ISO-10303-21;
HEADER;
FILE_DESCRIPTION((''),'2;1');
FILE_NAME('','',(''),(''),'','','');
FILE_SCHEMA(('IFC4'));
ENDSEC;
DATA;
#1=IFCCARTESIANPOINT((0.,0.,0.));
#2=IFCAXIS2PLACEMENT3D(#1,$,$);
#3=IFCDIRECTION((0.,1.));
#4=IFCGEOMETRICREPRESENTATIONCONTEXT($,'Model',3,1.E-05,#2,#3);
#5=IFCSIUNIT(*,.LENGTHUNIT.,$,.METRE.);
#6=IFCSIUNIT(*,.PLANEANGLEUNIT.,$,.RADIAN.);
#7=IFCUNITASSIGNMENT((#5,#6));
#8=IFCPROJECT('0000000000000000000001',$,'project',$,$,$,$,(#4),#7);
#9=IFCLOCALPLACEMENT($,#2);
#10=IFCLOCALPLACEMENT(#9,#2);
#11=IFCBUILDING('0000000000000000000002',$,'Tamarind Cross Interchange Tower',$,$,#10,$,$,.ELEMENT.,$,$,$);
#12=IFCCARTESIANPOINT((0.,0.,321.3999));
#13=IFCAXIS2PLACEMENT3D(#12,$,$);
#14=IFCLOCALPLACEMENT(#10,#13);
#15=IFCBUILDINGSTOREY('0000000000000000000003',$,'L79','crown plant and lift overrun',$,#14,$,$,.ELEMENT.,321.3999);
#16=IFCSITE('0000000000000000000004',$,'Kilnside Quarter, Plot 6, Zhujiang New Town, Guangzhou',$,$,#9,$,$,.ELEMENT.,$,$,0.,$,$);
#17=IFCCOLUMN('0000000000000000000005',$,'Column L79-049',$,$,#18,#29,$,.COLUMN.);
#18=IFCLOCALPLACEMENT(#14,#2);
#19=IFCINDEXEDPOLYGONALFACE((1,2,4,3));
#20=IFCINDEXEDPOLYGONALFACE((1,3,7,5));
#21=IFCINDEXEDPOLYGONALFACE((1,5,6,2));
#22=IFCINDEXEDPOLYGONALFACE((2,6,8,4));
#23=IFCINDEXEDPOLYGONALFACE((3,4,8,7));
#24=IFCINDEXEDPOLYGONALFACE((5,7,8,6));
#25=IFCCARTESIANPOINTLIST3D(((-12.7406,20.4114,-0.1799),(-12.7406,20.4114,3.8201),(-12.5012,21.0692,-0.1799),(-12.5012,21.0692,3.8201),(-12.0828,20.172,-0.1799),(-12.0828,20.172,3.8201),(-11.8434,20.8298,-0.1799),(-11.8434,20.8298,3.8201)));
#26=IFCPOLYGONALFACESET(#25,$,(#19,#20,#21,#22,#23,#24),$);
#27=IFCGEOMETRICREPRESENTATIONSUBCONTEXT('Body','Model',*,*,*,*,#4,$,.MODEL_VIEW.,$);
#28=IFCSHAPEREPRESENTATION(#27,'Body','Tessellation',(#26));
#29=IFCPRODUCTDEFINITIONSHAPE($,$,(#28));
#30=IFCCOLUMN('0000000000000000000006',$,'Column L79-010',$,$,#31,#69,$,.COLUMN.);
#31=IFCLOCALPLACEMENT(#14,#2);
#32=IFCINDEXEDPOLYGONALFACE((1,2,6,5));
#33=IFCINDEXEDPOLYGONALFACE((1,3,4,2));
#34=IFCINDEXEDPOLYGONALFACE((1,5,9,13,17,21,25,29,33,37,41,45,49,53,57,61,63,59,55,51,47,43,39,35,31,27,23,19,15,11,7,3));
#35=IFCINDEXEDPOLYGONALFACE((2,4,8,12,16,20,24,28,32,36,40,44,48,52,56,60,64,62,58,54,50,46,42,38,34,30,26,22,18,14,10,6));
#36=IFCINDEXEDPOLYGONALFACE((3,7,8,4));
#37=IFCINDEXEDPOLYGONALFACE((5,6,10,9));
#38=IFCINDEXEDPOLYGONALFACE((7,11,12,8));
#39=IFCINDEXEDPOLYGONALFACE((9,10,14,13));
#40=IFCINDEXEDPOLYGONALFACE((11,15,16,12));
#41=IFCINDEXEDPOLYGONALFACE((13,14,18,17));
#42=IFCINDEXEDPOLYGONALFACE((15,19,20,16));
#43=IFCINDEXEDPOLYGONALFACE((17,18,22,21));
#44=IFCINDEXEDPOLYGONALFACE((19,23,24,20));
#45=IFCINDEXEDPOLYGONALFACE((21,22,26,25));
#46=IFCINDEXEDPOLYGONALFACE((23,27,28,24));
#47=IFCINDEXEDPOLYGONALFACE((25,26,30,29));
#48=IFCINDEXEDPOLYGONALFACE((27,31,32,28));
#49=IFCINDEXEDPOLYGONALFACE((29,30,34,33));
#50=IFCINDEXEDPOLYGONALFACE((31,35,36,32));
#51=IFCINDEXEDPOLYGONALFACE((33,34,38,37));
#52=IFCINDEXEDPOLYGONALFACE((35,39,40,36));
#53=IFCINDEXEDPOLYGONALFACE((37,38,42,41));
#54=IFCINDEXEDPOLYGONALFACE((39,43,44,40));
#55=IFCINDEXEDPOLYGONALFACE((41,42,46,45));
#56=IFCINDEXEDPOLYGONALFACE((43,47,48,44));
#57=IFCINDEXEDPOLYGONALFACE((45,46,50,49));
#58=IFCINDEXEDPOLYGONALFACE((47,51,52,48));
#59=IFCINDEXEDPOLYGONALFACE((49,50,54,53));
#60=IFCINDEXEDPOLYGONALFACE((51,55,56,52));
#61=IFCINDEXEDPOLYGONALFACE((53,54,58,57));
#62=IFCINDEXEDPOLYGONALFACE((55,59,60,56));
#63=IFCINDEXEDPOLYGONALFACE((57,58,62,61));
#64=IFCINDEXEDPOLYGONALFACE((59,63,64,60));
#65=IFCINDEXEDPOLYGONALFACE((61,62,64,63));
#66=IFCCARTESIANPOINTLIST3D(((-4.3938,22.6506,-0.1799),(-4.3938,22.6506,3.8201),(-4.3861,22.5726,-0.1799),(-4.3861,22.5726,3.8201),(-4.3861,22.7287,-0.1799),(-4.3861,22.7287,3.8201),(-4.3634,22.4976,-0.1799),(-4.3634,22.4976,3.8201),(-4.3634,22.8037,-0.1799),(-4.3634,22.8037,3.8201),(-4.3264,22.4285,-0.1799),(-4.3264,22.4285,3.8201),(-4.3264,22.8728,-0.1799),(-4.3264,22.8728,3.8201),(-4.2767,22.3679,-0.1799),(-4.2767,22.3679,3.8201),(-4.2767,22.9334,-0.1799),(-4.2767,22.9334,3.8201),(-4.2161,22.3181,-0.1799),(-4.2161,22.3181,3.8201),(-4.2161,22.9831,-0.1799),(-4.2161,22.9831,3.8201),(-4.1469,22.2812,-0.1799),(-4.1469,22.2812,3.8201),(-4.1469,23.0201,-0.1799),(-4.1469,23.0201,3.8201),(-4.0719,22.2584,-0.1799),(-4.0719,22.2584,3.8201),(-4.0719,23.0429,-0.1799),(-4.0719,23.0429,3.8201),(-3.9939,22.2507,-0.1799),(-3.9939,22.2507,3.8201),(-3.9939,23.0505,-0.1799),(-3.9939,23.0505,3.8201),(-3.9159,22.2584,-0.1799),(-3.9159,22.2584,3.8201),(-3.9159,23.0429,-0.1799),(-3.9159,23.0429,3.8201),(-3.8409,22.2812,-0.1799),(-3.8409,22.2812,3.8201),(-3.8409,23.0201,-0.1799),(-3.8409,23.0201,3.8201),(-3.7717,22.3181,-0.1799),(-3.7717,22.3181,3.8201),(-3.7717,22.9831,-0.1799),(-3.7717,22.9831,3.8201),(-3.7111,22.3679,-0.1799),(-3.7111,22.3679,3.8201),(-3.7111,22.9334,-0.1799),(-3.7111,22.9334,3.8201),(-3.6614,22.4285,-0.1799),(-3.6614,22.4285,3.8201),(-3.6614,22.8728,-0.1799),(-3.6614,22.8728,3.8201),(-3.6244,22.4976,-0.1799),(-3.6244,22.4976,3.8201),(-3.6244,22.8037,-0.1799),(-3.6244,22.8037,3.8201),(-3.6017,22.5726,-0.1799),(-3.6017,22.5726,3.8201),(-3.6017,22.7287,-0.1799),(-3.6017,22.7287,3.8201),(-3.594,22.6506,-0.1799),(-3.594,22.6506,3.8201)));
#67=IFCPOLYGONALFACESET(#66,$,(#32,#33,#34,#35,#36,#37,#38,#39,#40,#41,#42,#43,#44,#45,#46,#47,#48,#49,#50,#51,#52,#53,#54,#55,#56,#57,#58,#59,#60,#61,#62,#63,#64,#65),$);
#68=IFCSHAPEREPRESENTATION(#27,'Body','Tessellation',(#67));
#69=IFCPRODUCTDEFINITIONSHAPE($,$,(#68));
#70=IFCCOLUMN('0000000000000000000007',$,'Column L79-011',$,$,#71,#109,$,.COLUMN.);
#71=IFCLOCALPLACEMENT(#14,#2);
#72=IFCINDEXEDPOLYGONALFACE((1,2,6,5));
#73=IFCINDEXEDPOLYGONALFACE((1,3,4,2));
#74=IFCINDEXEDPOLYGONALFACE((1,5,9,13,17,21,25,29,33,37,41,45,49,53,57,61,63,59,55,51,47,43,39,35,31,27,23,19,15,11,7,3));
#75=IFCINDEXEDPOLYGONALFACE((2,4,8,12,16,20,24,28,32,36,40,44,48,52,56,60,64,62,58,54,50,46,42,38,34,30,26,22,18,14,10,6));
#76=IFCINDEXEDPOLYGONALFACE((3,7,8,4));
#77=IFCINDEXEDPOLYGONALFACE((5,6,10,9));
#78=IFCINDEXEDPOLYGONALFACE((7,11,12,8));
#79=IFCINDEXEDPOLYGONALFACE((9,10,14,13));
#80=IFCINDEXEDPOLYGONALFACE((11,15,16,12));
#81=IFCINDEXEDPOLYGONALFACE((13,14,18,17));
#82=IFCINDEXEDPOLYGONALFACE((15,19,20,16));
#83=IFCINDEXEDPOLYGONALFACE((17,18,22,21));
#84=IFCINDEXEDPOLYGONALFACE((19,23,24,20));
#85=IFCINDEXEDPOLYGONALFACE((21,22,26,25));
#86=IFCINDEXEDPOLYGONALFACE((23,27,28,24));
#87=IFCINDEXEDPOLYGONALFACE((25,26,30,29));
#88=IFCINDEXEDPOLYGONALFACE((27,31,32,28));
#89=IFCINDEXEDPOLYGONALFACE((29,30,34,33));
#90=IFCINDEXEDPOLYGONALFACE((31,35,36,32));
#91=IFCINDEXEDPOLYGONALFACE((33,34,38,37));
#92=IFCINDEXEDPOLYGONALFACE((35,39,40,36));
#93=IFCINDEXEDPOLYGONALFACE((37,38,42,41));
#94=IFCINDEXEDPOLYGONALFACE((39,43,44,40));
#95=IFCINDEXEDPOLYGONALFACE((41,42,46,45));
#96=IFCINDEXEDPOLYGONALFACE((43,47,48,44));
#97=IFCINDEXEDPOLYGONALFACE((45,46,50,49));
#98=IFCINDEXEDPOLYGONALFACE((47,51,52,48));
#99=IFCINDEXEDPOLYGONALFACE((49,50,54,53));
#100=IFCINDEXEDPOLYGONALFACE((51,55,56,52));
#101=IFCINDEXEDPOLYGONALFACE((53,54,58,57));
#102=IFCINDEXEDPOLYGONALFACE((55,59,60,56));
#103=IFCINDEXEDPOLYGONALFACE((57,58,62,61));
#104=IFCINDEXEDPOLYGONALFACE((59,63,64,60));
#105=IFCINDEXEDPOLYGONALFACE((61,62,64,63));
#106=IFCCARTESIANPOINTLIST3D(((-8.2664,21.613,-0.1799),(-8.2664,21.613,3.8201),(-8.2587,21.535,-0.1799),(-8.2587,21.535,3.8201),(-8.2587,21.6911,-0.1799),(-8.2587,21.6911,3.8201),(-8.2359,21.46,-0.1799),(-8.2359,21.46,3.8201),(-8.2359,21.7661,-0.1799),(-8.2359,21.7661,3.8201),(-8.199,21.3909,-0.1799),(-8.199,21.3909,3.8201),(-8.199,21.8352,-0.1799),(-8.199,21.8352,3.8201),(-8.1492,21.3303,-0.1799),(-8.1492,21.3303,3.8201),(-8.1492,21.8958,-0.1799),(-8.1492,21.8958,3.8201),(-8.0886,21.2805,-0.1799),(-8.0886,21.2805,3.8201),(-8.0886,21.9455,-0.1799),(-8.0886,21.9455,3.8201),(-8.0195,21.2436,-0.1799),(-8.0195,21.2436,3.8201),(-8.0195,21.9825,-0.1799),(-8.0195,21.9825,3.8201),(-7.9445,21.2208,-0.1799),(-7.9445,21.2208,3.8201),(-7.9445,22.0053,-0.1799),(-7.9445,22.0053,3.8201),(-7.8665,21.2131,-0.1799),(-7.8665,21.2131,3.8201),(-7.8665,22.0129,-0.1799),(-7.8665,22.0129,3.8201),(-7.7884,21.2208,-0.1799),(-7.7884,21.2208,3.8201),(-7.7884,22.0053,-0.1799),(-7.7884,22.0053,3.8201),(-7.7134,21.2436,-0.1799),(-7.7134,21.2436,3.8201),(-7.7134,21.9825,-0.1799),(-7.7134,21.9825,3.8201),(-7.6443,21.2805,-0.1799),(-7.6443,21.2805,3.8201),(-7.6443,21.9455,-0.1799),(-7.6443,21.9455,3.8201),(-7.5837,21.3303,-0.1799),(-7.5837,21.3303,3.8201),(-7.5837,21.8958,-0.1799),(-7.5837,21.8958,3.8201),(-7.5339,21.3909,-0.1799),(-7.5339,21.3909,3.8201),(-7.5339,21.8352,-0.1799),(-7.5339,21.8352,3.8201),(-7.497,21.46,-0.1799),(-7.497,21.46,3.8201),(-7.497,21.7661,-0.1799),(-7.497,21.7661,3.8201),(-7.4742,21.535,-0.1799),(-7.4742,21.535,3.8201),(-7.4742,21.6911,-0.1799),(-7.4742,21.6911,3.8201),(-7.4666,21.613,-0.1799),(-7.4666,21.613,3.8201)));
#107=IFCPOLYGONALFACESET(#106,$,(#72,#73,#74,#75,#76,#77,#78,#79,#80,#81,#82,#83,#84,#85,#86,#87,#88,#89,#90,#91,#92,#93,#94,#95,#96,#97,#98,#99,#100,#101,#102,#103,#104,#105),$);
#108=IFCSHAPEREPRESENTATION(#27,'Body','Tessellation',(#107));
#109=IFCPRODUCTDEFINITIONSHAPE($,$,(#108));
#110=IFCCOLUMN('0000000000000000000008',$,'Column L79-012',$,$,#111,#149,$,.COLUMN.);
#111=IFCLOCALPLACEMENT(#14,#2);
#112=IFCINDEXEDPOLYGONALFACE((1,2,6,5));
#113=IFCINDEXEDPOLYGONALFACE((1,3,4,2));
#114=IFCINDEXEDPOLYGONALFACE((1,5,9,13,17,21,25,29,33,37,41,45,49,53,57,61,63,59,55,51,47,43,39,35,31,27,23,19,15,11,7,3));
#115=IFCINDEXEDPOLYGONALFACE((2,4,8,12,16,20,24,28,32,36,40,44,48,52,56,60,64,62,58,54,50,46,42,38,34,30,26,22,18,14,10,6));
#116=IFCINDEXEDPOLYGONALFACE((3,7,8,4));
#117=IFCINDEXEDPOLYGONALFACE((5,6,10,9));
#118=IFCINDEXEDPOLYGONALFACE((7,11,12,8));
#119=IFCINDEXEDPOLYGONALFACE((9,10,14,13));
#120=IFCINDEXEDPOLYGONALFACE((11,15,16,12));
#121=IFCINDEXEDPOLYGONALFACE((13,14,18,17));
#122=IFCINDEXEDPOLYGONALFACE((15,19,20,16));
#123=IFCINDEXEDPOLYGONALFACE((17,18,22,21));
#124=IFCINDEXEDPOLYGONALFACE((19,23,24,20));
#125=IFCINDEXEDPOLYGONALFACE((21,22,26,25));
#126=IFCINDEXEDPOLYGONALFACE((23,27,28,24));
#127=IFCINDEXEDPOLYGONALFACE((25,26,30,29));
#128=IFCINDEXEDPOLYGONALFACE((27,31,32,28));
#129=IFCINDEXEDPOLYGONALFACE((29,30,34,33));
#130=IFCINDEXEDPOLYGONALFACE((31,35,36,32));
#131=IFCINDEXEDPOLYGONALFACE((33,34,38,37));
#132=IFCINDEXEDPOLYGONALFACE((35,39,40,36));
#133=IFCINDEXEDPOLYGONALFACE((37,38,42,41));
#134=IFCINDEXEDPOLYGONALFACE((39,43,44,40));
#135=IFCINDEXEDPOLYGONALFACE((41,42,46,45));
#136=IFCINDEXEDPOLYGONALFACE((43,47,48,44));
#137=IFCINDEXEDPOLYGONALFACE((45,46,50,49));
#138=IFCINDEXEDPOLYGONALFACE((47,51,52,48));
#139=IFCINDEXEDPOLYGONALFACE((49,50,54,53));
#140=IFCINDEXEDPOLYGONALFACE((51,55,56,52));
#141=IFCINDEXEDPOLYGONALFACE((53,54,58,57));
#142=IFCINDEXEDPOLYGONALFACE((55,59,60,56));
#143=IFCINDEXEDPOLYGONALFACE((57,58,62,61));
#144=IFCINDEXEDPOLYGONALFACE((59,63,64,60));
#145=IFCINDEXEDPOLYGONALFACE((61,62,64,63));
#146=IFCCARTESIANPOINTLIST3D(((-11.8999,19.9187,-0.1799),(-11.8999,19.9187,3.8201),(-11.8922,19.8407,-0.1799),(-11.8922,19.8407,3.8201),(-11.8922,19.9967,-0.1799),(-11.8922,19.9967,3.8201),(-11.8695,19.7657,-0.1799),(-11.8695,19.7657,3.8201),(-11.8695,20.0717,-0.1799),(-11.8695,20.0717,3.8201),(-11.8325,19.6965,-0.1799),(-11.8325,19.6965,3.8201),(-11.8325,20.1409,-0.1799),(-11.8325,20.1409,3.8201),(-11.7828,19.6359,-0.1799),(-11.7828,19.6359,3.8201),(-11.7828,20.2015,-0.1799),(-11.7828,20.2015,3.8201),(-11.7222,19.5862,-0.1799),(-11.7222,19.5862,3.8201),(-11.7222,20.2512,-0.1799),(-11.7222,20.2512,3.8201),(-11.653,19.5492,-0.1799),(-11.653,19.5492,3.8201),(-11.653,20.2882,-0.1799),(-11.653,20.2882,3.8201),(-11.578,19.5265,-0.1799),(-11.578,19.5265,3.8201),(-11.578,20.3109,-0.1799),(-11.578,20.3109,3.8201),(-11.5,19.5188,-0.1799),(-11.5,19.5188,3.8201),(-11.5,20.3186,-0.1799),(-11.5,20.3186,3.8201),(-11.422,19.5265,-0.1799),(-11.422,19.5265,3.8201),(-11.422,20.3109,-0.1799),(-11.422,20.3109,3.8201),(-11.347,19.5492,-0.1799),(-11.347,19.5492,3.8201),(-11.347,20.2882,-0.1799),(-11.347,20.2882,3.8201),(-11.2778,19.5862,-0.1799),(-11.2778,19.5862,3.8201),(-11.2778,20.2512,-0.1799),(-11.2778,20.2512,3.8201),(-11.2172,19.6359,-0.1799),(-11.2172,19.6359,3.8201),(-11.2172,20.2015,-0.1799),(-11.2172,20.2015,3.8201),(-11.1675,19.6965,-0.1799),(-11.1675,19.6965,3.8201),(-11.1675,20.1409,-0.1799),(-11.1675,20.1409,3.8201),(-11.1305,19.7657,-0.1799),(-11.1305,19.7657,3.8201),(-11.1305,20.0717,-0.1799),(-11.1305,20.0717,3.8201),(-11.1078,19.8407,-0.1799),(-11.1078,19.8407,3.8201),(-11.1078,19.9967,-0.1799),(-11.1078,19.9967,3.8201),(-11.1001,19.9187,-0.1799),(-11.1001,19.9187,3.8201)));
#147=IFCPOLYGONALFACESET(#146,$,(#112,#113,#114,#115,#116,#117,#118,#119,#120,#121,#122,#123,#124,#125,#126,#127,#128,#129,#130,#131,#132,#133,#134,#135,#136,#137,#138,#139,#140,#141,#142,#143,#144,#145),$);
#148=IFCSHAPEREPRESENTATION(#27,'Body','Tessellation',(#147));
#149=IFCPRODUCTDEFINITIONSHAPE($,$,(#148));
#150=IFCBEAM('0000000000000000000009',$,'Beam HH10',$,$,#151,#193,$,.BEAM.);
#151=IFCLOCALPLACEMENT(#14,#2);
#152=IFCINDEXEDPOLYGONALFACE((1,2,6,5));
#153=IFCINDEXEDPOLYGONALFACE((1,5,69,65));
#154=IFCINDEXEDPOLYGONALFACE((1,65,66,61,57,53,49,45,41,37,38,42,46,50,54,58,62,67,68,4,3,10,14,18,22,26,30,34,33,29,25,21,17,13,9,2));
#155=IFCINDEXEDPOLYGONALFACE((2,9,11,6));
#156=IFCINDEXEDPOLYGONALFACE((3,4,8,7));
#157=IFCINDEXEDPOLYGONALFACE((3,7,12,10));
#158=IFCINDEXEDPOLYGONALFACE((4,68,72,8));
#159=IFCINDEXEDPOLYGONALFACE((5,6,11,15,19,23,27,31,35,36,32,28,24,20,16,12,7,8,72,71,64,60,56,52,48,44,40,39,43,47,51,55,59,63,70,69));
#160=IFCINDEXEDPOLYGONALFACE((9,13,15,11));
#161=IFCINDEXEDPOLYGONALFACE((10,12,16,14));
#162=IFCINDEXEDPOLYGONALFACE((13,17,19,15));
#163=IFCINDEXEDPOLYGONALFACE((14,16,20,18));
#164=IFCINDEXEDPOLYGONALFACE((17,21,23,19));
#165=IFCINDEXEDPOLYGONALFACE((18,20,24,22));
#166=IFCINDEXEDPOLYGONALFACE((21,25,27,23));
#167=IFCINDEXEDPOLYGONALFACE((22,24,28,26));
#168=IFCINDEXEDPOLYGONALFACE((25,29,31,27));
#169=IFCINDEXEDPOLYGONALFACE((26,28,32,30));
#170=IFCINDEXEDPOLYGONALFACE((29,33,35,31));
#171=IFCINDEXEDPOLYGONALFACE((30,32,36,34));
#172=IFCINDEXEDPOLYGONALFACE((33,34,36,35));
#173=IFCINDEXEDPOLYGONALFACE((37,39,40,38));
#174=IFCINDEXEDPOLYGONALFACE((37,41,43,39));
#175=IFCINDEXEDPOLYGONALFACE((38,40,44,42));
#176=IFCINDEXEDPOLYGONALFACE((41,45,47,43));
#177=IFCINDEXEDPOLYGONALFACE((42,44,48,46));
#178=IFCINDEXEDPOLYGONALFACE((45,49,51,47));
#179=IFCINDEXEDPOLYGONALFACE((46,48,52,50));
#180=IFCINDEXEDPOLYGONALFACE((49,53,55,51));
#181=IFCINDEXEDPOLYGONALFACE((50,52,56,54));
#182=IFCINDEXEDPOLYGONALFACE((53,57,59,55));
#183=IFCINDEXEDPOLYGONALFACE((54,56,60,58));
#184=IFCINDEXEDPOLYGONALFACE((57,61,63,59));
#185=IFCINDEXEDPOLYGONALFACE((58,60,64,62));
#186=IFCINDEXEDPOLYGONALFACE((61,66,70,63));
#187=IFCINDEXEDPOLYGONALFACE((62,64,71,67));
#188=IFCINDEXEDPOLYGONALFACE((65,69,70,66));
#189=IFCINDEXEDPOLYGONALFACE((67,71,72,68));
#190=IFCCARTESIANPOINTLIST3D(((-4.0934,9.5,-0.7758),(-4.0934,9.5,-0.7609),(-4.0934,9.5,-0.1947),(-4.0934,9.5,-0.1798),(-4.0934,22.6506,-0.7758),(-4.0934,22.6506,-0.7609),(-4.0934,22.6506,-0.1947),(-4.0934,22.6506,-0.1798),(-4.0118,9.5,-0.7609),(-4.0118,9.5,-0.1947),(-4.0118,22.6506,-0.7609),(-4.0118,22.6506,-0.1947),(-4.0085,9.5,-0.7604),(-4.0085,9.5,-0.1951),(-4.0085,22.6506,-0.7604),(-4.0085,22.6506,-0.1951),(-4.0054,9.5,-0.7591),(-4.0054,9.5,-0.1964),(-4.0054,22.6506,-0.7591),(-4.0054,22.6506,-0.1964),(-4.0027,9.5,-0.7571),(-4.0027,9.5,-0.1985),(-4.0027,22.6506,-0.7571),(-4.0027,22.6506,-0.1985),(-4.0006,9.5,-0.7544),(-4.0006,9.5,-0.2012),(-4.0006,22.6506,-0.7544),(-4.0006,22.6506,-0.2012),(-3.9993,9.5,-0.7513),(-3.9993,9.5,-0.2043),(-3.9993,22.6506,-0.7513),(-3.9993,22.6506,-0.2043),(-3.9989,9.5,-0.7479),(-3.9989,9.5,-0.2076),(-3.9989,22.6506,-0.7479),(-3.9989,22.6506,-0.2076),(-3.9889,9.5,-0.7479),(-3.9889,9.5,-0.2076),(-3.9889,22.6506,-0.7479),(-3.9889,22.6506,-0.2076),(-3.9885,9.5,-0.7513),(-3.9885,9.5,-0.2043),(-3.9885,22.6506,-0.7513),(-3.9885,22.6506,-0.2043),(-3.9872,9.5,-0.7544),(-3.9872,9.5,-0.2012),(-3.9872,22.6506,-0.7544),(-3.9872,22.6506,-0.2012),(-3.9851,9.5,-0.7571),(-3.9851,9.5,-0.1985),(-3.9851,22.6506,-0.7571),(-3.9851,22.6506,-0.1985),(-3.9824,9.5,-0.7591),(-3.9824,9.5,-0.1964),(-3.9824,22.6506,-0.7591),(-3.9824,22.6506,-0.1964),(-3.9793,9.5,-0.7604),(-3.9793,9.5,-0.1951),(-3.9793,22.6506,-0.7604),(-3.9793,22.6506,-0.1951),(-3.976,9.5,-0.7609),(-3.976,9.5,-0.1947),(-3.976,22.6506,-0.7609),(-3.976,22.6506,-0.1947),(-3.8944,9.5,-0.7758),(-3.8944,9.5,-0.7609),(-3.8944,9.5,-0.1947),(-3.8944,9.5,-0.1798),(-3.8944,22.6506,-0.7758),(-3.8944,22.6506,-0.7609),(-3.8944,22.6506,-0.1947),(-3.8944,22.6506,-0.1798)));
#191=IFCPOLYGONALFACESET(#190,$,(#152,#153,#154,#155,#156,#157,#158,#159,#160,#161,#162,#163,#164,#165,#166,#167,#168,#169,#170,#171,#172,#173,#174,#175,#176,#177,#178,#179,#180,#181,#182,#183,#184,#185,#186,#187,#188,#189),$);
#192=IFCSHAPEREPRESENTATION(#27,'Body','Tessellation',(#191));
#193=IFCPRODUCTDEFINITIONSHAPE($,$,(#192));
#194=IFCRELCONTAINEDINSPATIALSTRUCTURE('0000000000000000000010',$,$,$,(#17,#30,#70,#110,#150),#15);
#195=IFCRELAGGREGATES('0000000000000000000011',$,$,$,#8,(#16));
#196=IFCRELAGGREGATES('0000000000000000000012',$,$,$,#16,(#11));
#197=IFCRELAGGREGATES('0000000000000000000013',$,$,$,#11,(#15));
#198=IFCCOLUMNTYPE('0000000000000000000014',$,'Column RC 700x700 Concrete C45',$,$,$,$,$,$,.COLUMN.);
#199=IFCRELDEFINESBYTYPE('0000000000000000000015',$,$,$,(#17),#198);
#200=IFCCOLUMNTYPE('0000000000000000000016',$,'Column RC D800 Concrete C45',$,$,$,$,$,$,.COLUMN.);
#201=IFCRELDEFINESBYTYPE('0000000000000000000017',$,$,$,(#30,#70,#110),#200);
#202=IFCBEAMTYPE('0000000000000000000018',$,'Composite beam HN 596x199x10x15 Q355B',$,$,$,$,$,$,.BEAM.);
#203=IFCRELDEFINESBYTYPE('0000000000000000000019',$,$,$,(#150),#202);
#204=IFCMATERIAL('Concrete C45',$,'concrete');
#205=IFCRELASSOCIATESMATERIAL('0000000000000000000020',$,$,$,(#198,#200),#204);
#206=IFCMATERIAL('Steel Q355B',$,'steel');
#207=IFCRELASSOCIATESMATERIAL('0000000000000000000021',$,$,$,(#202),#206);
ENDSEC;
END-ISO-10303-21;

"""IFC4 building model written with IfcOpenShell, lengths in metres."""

from ifc_helpers import new_model, si_unit, direction, frame, origin, origin_2d, place, context, subcontext, project, spatial, rectangle, circle, i_section, extrude, material, material_profile, profile_set, type_object, element, save


model = new_model("IFC4")

# Units and contexts
model_context = context("Model", 3, precision=1e-05, world=origin(), true_north=direction((0.0, 1.0)))
body_context = subcontext(model_context, "Body", "Model", "MODEL_VIEW")
ifc_project = project(units=[si_unit("LENGTHUNIT", "METRE"), si_unit("PLANEANGLEUNIT", "RADIAN")], contexts=[model_context])

# Site, building, storey
site_placement = place(None, origin())
site = spatial("IfcSite", under=ifc_project, at=site_placement, Name="Kilnside Quarter, Plot 6, Zhujiang New Town, Guangzhou", CompositionType="ELEMENT", RefElevation=0.0)
building_placement = place(site_placement, origin())
building = spatial("IfcBuilding", under=site, at=building_placement, Name="Tamarind Cross Interchange Tower", CompositionType="ELEMENT")
storey_placement = place(building_placement, frame((0.0, 0.0, 321.3999)))
storey = spatial("IfcBuildingStorey", under=building, at=storey_placement, Name="L79", Description="crown plant and lift overrun", CompositionType="ELEMENT", Elevation=321.3999)

# Columns
ifc_material_1 = material(Name="Concrete C45", Category="concrete")
ifc_material_profile_1 = material_profile(ifc_material_1, rectangle(XDim=0.7, YDim=0.7, at=origin_2d()), Name="RC 700x700")
ifc_profile_set_1 = profile_set([ifc_material_profile_1], Name="Concrete C45")
column_type_1 = type_object("IfcColumnType", Name="Column RC 700x700 Concrete C45", PredefinedType="COLUMN", material=ifc_profile_set_1)
column_placement = place(storey_placement, frame((-12.292, 20.6206, -0.1799), z_axis=(0.0, 0.0, 1.0), x_axis=(0.341994, 0.939702, 0.0)))
element("IfcColumn", 1, at=column_placement, inside=storey, type_object=column_type_1, Name="Column L79-049", PredefinedType="COLUMN", context=body_context, shape_type="SweptSolid", body=[
    extrude(rectangle(XDim=0.7, YDim=0.7, at=origin_2d()), origin(), (0.0, 0.0, 1.0), 4.0),
])
ifc_material_profile_2 = material_profile(ifc_material_1, circle(Radius=0.3999, at=origin_2d()), Name="RC D800")
ifc_profile_set_2 = profile_set([ifc_material_profile_2], Name="Concrete C45")
column_type_2 = type_object("IfcColumnType", Name="Column RC D800 Concrete C45", PredefinedType="COLUMN", material=ifc_profile_set_2)
for number, where, z_axis, x_axis, name in (
    (2, (-3.9939, 22.6506, -0.1799), (0.0, 0.0, 1.0), (1.0, 0.0, 0.0), "Column L79-010"),
    (3, (-7.8665, 21.613, -0.1799), (0.0, 0.0, 1.0), (1.0, 0.0, 0.0), "Column L79-011"),
    (4, (-11.5, 19.9187, -0.1799), (0.0, 0.0, 1.0), (1.0, 0.0, 0.0), "Column L79-012"),
):
    element("IfcColumn", number, at=place(storey_placement, frame(where, z_axis=z_axis, x_axis=x_axis)), inside=storey, type_object=column_type_2, Name=name, PredefinedType="COLUMN", context=body_context, shape_type="SweptSolid", body=[
        extrude(circle(Radius=0.3999, at=origin_2d()), origin(), (0.0, 0.0, 1.0), 4.0),
    ])

# Beam
ifc_material_2 = material(Name="Steel Q355B", Category="steel")
ifc_material_profile_3 = material_profile(ifc_material_2, i_section(OverallWidth=0.199, OverallDepth=0.5959, WebThickness=0.01, FlangeThickness=0.0149, FilletRadius=0.0129, at=origin_2d()), Name="HN 596x199x10x15")
ifc_profile_set_3 = profile_set([ifc_material_profile_3], Name="Steel Q355B")
beam_type = type_object("IfcBeamType", Name="Composite beam HN 596x199x10x15 Q355B", PredefinedType="BEAM", material=ifc_profile_set_3)
beam_1_placement = place(storey_placement, frame((-3.9939, 22.6506, -0.4778), z_axis=(0.0, -1.0, 0.0), x_axis=(1.0, 0.0, 0.0)))
element("IfcBeam", 5, at=beam_1_placement, inside=storey, type_object=beam_type, Name="Beam HH10", PredefinedType="BEAM", context=body_context, shape_type="SweptSolid", body=[
    extrude(i_section(OverallWidth=0.199, OverallDepth=0.5959, WebThickness=0.01, FlangeThickness=0.0149, FilletRadius=0.0129, at=origin_2d()), origin(), (0.0, 0.0, 1.0), 13.1506),
])

save(model, "model.ifc")
